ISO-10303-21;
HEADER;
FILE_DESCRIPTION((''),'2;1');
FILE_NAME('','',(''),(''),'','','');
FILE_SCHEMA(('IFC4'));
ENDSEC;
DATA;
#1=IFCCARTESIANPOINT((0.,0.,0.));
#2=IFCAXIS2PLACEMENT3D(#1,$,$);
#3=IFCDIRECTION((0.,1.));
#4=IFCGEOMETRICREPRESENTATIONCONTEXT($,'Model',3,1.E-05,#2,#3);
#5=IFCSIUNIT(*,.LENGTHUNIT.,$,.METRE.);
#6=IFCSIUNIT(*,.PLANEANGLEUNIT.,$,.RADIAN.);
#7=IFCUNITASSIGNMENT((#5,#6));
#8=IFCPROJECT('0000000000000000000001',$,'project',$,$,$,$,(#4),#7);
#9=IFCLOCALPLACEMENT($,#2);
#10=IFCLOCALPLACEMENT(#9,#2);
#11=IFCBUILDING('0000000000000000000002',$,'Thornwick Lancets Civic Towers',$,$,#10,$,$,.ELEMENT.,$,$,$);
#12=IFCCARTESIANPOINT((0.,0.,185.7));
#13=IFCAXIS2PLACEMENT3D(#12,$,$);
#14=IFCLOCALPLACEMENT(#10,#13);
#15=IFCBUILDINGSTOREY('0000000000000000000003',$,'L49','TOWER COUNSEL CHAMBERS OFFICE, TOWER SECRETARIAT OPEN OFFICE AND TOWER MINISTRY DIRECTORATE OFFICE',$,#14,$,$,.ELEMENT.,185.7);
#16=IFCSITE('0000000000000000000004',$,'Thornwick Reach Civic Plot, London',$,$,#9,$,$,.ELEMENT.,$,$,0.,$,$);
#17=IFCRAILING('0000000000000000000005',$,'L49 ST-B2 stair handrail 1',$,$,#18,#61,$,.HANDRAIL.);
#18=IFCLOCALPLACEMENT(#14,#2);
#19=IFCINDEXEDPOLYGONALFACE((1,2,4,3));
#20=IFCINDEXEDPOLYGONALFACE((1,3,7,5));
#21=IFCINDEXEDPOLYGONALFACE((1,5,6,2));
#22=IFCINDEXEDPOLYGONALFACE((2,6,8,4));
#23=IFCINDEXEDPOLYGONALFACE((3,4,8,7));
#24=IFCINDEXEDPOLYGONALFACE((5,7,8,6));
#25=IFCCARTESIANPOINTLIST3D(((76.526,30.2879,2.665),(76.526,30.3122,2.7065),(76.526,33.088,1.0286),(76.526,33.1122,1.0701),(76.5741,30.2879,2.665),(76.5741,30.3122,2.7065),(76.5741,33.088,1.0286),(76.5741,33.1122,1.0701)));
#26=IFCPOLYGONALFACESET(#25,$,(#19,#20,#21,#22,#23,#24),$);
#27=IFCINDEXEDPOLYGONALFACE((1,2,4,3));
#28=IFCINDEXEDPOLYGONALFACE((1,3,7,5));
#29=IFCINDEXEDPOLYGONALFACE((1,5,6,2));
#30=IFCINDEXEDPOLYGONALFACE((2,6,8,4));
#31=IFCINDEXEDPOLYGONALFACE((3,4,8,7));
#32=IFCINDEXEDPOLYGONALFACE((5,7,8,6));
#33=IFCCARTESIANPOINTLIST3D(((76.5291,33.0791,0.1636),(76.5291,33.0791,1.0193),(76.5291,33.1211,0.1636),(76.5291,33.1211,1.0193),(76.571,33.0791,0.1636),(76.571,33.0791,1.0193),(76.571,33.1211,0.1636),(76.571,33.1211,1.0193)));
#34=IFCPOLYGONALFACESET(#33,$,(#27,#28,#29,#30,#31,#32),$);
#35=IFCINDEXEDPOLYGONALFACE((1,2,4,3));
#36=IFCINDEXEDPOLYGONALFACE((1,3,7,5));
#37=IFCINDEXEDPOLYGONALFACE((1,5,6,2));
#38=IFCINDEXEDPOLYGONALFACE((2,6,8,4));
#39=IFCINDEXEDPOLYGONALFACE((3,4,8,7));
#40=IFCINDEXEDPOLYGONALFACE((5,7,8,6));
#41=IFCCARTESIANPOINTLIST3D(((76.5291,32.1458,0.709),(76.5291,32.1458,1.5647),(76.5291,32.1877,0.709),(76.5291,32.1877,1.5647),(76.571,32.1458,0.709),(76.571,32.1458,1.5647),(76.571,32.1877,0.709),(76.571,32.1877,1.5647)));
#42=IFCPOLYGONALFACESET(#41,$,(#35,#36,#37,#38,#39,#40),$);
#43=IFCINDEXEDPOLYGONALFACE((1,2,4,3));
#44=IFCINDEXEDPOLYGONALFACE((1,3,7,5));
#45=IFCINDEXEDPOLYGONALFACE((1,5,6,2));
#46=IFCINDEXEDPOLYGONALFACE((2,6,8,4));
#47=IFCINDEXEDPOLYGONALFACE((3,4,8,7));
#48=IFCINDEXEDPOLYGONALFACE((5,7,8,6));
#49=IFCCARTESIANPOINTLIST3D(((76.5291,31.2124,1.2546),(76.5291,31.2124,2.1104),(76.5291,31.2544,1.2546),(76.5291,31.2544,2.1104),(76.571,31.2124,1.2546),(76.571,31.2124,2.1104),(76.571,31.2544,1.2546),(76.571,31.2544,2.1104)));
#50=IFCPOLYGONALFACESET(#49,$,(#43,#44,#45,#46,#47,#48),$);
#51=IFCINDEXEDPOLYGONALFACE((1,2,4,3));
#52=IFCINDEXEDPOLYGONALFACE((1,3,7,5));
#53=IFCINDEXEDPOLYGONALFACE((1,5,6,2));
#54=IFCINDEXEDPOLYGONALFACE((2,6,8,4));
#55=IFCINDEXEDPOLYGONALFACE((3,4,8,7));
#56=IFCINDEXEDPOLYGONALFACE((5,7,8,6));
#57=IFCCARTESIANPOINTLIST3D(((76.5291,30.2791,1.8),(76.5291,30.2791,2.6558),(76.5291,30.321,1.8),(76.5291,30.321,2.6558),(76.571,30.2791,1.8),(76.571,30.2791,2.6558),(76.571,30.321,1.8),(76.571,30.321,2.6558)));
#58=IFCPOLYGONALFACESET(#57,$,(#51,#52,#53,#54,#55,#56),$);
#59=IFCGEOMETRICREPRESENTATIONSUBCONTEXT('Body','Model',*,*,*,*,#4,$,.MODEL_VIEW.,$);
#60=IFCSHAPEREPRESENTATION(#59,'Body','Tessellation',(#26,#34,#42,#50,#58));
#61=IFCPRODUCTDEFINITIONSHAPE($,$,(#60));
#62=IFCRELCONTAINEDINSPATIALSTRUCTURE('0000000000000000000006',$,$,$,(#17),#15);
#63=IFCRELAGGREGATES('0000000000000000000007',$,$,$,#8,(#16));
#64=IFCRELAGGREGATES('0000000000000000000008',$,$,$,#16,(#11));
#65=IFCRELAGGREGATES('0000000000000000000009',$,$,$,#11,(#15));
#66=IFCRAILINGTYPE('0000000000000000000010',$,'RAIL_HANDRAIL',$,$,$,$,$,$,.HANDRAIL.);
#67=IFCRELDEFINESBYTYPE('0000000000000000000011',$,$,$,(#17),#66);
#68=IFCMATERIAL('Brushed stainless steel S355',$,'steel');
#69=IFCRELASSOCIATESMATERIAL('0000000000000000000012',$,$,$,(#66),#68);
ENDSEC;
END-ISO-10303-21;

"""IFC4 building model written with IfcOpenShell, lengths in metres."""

from ifc_helpers import new_model, si_unit, direction, frame, origin, origin_2d, place, context, subcontext, project, spatial, rectangle, extrude, material, type_object, element, save


model = new_model("IFC4")

# Units and contexts
model_context = context("Model", 3, precision=1e-05, world=origin(), true_north=direction((0.0, 1.0)))
body_context = subcontext(model_context, "Body", "Model", "MODEL_VIEW")
ifc_project = project(units=[si_unit("LENGTHUNIT", "METRE"), si_unit("PLANEANGLEUNIT", "RADIAN")], contexts=[model_context])

# Site, building, storey
site_placement = place(None, origin())
site = spatial("IfcSite", under=ifc_project, at=site_placement, Name="Thornwick Reach Civic Plot, London", CompositionType="ELEMENT", RefElevation=0.0)
building_placement = place(site_placement, origin())
building = spatial("IfcBuilding", under=site, at=building_placement, Name="Thornwick Lancets Civic Towers", CompositionType="ELEMENT")
storey_placement = place(building_placement, frame((0.0, 0.0, 185.7)))
storey = spatial("IfcBuildingStorey", under=building, at=storey_placement, Name="L49", Description="TOWER COUNSEL CHAMBERS OFFICE, TOWER SECRETARIAT OPEN OFFICE AND TOWER MINISTRY DIRECTORATE OFFICE", CompositionType="ELEMENT", Elevation=185.7)

# Railing
ifc_material_1 = material(Name="Brushed stainless steel S355", Category="steel")
railing_type_1 = type_object("IfcRailingType", Name="RAIL_HANDRAIL", PredefinedType="HANDRAIL", material=ifc_material_1)
railing_1_placement = place(storey_placement, frame((76.55, 33.1001, 0.1636)))
element("IfcRailing", 1, at=railing_1_placement, inside=storey, type_object=railing_type_1, Name="L49 ST-B2 stair handrail 1", PredefinedType="HANDRAIL", context=body_context, shape_type="SweptSolid", body=[
    extrude(rectangle(XDim=0.0481, YDim=0.0481, at=origin_2d()), frame((0.0, 0.0, 0.8857), z_axis=(0.0, -0.863361, 0.504587), x_axis=(1.0, 0.0, 0.0)), (0.0, 0.0, 1.0), 3.2432),
    extrude(rectangle(XDim=0.042, YDim=0.042, at=origin_2d()), origin(), (0.0, 0.0, 1.0), 0.8557),
    extrude(rectangle(XDim=0.042, YDim=0.042, at=origin_2d()), frame((0.0, -0.9333, 0.5454)), (0.0, 0.0, 1.0), 0.8557),
    extrude(rectangle(XDim=0.042, YDim=0.042, at=origin_2d()), frame((0.0, -1.8667, 1.0911)), (0.0, 0.0, 1.0), 0.8557),
    extrude(rectangle(XDim=0.042, YDim=0.042, at=origin_2d()), frame((0.0, -2.8, 1.6365)), (0.0, 0.0, 1.0), 0.8557),
])

save(model, "model.ifc")
